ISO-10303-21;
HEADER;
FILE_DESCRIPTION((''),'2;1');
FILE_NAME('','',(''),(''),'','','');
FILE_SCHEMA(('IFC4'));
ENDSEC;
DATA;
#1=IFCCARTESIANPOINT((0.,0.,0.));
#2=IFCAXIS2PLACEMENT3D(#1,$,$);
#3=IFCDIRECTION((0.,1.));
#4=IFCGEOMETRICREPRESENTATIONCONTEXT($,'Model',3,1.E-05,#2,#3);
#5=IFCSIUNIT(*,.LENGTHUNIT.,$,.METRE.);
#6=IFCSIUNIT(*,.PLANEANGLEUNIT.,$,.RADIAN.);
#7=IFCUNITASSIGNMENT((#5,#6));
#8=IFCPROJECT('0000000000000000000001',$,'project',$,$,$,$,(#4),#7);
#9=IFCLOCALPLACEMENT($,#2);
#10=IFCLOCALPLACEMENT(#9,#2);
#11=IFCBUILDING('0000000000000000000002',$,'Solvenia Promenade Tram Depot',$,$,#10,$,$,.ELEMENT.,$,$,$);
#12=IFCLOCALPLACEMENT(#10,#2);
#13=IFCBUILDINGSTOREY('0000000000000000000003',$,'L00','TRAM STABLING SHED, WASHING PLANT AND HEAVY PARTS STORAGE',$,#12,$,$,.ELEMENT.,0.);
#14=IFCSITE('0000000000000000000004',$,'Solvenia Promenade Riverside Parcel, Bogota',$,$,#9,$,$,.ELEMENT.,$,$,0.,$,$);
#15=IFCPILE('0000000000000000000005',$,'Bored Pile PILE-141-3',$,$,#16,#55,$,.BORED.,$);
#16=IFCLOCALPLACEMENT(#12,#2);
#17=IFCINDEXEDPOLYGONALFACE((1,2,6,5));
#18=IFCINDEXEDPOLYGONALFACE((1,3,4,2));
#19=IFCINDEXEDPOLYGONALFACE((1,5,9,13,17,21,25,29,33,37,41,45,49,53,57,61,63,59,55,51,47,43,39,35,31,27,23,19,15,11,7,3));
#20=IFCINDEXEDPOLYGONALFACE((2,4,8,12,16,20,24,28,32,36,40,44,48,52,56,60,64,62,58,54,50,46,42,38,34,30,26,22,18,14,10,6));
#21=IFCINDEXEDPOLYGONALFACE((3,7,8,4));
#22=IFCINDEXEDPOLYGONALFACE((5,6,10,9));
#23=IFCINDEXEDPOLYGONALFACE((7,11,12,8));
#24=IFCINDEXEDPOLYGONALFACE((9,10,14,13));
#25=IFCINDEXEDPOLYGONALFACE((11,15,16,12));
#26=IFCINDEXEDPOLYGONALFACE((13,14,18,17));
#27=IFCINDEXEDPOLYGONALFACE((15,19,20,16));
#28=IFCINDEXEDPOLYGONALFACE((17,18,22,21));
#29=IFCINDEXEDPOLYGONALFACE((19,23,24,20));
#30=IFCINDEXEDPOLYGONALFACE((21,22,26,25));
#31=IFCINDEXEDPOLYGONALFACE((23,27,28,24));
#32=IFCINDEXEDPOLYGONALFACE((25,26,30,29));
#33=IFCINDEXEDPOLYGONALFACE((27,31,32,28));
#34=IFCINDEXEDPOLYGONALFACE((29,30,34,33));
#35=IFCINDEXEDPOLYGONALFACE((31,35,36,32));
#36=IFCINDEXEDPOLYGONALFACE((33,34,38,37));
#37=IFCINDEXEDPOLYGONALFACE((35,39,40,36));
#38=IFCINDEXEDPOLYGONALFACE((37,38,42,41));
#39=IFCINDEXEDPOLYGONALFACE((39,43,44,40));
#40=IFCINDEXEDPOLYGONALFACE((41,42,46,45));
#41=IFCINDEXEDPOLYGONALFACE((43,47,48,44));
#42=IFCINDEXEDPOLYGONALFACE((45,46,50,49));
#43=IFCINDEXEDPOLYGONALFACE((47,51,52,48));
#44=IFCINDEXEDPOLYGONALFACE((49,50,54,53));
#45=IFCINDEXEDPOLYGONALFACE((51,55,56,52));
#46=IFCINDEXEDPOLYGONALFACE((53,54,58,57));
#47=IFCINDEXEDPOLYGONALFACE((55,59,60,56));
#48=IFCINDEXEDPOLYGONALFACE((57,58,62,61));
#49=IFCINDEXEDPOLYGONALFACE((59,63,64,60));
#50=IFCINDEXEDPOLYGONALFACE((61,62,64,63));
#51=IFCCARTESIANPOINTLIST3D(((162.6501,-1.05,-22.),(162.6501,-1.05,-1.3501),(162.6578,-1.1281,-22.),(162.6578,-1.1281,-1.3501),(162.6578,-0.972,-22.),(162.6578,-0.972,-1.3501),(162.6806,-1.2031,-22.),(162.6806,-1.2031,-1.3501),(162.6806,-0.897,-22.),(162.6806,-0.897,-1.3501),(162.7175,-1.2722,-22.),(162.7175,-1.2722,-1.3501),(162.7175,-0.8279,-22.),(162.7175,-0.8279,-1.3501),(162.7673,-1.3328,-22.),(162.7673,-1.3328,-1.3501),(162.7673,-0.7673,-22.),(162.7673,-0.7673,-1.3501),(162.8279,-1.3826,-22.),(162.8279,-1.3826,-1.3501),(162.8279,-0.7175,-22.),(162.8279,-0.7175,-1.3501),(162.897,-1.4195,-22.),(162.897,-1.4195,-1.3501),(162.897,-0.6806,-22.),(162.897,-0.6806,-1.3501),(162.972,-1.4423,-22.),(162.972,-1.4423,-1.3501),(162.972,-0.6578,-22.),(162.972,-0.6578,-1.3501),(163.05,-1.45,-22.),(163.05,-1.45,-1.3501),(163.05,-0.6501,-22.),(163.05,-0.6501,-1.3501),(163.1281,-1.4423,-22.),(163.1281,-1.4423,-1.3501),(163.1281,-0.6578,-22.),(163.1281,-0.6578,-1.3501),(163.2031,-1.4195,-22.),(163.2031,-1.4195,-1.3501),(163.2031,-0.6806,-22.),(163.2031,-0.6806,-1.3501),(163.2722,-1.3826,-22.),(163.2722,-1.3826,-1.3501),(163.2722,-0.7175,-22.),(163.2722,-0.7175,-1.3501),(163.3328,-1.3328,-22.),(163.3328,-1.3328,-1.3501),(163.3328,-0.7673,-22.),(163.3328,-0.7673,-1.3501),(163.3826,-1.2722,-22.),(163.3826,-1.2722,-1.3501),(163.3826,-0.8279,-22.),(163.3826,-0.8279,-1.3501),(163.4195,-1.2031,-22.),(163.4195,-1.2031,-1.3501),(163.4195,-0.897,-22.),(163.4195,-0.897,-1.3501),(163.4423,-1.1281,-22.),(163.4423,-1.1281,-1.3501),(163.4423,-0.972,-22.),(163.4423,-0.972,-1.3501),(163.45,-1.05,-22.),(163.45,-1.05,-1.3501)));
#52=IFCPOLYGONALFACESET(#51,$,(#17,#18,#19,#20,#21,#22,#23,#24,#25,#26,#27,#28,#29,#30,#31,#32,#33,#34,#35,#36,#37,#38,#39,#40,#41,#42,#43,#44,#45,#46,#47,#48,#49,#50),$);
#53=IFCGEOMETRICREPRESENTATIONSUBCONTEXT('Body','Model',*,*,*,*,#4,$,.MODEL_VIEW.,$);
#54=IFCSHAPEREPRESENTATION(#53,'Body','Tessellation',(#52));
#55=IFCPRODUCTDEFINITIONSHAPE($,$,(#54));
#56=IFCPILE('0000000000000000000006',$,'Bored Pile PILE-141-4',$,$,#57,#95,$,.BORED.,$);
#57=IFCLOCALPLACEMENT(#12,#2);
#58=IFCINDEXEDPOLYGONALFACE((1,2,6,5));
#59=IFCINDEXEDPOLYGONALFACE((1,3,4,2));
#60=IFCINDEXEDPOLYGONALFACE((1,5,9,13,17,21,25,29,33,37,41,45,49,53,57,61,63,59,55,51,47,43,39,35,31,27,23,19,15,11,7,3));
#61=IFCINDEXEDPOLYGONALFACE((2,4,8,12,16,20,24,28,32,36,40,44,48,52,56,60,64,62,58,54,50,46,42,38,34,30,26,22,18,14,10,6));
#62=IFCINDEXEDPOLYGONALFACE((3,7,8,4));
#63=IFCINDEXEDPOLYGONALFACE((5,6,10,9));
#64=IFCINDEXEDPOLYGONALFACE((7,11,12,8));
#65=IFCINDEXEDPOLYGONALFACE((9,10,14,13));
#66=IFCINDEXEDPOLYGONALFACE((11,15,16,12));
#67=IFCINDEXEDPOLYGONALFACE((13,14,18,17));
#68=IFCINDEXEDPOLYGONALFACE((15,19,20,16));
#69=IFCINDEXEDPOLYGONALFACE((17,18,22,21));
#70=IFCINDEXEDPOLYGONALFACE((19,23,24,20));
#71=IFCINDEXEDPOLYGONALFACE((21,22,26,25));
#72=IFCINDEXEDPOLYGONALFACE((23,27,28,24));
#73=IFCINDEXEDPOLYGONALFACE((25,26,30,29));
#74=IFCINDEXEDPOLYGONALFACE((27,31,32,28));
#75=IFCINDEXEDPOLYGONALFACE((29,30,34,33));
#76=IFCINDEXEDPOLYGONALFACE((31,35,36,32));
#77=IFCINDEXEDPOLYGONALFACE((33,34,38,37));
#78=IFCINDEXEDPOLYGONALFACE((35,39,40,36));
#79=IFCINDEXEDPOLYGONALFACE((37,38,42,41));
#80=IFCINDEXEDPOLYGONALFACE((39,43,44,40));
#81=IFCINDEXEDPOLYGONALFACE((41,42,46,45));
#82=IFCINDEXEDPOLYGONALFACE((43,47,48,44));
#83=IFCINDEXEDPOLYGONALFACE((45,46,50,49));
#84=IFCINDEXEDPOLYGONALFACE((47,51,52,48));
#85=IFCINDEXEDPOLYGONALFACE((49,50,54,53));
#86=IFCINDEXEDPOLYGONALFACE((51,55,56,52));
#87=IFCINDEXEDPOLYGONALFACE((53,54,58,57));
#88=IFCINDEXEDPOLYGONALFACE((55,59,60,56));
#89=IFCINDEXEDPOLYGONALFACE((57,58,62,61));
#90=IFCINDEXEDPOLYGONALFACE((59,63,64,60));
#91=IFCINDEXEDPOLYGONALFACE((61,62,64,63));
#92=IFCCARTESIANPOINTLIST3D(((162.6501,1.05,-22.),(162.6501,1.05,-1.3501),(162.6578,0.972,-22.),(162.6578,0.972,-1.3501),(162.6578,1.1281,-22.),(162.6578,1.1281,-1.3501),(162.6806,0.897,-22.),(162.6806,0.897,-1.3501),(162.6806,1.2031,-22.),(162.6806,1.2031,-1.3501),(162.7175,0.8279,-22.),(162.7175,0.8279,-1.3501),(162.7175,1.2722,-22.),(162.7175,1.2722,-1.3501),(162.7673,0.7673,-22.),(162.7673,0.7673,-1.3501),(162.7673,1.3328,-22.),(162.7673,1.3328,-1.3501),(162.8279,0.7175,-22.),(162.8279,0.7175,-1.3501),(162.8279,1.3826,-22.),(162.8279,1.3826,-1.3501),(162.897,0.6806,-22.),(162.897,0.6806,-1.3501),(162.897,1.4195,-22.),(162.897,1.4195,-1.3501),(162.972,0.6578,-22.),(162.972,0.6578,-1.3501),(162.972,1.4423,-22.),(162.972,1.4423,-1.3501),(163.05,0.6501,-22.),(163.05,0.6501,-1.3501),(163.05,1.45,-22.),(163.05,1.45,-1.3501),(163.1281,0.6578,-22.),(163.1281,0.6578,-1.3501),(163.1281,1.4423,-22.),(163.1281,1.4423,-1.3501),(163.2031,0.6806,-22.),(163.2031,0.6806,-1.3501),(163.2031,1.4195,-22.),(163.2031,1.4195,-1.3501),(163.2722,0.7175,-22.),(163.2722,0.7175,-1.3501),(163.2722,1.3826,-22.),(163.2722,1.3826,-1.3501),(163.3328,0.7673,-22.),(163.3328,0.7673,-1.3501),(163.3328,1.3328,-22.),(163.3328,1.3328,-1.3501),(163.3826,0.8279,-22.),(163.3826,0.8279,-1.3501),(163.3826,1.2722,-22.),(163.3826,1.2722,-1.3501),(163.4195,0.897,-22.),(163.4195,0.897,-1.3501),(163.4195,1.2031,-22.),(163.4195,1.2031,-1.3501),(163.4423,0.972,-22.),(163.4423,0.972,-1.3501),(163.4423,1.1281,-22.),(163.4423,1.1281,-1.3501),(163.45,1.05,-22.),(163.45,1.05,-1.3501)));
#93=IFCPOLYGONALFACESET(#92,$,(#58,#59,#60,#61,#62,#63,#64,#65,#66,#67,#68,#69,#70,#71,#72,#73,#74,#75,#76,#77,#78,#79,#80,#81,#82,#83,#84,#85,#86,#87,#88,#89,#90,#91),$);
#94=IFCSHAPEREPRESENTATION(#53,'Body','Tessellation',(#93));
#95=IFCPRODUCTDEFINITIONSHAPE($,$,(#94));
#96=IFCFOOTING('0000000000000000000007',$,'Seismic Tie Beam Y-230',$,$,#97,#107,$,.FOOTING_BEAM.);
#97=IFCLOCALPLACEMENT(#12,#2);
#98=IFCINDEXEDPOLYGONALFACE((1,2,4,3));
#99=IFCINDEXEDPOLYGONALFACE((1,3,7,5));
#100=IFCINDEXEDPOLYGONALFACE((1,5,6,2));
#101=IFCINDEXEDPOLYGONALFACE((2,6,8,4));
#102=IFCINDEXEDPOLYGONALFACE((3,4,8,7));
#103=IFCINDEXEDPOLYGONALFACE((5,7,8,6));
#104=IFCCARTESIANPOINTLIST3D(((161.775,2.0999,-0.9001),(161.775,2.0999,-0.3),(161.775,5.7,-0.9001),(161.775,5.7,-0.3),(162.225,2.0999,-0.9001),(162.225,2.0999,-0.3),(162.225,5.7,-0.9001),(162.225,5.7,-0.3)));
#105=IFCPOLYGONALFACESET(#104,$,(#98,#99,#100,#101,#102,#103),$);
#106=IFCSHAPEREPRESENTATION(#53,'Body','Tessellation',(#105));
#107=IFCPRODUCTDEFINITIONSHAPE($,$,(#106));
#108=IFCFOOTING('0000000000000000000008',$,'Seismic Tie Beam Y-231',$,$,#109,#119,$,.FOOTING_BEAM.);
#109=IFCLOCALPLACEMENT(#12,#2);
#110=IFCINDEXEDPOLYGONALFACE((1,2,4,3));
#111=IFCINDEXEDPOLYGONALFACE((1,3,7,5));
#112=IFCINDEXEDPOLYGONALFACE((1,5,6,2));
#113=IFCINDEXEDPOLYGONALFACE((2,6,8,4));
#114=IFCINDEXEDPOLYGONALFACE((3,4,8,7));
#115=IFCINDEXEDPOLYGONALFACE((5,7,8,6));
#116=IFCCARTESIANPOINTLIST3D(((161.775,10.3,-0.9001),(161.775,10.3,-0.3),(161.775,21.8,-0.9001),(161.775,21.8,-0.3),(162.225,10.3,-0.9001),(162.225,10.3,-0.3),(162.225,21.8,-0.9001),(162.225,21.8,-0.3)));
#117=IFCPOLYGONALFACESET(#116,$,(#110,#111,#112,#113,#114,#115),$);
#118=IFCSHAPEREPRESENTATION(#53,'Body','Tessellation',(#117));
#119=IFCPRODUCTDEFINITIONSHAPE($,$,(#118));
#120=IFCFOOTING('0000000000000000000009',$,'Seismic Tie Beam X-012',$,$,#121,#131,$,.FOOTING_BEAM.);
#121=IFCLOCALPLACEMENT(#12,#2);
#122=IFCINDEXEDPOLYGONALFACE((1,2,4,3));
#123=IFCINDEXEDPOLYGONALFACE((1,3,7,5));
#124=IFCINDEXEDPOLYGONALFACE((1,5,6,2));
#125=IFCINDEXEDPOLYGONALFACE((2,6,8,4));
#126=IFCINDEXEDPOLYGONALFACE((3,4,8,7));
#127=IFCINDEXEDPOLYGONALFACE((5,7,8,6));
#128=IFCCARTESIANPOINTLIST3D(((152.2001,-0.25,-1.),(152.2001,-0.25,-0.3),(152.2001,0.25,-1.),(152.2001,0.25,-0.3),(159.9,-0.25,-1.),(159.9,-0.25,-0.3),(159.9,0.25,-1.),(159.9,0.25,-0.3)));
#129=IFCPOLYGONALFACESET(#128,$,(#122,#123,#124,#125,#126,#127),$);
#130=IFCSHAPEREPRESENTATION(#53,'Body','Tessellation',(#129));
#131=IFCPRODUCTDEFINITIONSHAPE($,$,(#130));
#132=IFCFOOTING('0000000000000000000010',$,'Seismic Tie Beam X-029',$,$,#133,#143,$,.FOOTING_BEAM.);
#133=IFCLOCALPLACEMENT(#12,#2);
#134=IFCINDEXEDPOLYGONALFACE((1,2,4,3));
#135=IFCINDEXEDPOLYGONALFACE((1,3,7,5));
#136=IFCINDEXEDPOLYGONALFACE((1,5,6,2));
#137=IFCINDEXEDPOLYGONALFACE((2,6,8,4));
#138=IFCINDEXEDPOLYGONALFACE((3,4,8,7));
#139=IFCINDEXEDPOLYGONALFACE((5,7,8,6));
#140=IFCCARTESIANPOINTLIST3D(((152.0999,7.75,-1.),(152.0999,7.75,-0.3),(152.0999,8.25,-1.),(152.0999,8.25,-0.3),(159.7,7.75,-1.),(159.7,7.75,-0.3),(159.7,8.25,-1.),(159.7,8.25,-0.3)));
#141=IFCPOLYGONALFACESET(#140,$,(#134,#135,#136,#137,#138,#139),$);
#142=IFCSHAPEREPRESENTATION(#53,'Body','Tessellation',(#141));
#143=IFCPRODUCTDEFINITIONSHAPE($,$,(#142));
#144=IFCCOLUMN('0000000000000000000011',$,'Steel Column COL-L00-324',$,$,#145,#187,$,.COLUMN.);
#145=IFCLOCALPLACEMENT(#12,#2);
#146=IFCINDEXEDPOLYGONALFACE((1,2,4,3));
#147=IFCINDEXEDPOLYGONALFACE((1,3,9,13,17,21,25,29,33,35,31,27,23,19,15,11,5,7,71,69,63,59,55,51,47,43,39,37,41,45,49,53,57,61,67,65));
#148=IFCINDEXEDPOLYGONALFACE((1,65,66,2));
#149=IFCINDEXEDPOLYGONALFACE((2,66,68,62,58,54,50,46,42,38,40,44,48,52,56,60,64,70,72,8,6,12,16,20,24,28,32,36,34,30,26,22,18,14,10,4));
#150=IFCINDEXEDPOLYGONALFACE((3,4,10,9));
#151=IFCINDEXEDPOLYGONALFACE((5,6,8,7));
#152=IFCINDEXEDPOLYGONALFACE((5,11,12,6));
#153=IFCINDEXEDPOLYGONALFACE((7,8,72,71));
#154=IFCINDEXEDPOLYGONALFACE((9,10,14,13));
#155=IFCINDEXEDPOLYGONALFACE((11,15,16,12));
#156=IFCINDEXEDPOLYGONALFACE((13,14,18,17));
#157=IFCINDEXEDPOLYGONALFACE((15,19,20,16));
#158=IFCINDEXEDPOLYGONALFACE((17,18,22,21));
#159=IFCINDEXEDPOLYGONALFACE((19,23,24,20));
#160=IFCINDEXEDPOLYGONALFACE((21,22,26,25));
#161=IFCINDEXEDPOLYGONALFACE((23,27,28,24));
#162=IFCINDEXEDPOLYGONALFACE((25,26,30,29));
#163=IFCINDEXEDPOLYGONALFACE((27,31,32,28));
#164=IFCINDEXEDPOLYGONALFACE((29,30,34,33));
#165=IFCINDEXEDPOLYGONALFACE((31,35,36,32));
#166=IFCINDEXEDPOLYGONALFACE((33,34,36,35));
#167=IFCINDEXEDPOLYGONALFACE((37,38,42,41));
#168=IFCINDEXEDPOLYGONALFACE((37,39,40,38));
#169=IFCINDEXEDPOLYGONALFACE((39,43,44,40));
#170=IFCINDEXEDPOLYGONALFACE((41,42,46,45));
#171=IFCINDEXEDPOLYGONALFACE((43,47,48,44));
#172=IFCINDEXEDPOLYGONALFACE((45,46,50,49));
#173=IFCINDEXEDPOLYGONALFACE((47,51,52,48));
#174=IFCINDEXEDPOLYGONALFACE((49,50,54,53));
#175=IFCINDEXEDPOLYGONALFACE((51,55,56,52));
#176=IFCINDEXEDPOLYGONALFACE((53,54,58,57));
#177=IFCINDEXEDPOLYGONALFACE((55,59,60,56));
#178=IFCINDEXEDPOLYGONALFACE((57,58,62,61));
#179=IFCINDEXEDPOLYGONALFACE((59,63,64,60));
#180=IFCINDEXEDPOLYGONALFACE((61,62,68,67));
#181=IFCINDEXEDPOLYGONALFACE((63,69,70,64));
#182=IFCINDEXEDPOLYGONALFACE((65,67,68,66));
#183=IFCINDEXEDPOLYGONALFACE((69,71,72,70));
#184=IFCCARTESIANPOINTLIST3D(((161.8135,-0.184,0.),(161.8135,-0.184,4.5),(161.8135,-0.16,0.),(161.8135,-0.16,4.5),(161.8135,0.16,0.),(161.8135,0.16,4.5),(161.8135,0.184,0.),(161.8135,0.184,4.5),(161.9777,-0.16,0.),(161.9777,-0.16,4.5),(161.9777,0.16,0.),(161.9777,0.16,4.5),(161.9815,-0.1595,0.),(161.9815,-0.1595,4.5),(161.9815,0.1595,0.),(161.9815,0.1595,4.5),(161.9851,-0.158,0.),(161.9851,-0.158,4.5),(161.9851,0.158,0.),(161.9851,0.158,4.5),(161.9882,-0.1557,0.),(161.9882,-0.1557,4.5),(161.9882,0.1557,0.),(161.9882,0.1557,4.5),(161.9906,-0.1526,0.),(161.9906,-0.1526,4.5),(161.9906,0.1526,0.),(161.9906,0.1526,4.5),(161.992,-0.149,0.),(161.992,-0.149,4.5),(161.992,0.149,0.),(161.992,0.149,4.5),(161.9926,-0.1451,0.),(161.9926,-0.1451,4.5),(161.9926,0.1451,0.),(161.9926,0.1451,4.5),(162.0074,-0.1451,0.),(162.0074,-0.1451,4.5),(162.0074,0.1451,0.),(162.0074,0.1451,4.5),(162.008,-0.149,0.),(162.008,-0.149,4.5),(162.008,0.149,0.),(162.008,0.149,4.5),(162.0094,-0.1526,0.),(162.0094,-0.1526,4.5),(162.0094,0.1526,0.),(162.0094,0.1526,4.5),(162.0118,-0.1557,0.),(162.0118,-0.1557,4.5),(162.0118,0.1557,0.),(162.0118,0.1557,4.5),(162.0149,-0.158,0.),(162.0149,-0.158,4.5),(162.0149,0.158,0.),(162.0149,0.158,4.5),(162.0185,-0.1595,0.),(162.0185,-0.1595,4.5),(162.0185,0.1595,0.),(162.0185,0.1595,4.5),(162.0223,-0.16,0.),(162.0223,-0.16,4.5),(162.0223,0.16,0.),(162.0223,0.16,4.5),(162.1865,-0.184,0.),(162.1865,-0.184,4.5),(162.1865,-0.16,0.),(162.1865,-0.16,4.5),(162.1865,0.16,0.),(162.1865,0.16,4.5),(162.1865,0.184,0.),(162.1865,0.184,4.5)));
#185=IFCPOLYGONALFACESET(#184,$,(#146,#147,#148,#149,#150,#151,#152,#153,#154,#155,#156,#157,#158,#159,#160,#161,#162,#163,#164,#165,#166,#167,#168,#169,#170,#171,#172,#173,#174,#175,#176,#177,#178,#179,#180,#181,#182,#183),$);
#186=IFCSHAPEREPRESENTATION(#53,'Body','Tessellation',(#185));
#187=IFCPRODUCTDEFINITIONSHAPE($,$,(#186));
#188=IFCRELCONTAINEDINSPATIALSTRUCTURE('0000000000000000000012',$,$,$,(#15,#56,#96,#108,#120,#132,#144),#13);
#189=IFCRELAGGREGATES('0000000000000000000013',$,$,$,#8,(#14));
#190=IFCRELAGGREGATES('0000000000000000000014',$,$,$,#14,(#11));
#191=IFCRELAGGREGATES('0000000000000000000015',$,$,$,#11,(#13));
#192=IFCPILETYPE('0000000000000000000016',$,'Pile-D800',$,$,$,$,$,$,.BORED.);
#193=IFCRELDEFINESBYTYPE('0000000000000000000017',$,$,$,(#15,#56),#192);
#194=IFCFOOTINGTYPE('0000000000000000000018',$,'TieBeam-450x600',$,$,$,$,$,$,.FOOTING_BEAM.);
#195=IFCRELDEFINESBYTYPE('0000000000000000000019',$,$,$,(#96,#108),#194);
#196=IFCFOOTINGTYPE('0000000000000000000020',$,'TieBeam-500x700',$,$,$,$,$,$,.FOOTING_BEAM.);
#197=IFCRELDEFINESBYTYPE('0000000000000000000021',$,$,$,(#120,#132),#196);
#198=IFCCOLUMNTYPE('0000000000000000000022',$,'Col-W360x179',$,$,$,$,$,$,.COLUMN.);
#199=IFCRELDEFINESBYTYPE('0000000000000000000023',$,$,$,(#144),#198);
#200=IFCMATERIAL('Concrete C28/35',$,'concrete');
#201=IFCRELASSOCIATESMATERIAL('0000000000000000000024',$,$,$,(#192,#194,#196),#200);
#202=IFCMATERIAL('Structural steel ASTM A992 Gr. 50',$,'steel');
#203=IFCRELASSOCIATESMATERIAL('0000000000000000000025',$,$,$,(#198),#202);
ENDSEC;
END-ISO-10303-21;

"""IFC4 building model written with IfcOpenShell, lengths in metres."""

from ifc_helpers import new_model, si_unit, direction, frame, origin, origin_2d, place, context, subcontext, project, spatial, rectangle, circle, i_section, extrude, material, material_profile, profile_set, type_object, element, save


model = new_model("IFC4")

# Units and contexts
model_context = context("Model", 3, precision=1e-05, world=origin(), true_north=direction((0.0, 1.0)))
body_context = subcontext(model_context, "Body", "Model", "MODEL_VIEW")
ifc_project = project(units=[si_unit("LENGTHUNIT", "METRE"), si_unit("PLANEANGLEUNIT", "RADIAN")], contexts=[model_context])

# Site, building, storey
site_placement = place(None, origin())
site = spatial("IfcSite", under=ifc_project, at=site_placement, Name="Solvenia Promenade Riverside Parcel, Bogota", CompositionType="ELEMENT", RefElevation=0.0)
building_placement = place(site_placement, origin())
building = spatial("IfcBuilding", under=site, at=building_placement, Name="Solvenia Promenade Tram Depot", CompositionType="ELEMENT")
storey_placement = place(building_placement, origin())
storey = spatial("IfcBuildingStorey", under=building, at=storey_placement, Name="L00", Description="TRAM STABLING SHED, WASHING PLANT AND HEAVY PARTS STORAGE", CompositionType="ELEMENT", Elevation=0.0)

# Shared definitions
ifc_material_1 = material(Name="Concrete C28/35", Category="concrete")

# Piles
ifc_material_profile_1 = material_profile(ifc_material_1, circle(Radius=0.3999, at=origin_2d()), Name="D800", Category="concrete")
ifc_profile_set_1 = profile_set([ifc_material_profile_1], Name="Concrete C28/35")
pile_type_1 = type_object("IfcPileType", Name="Pile-D800", PredefinedType="BORED", material=ifc_profile_set_1)
for number, where, z_axis, x_axis, name in (
    (1, (163.05, -1.05, -1.3501), (0.0, 0.0, -1.0), (1.0, 0.0, 0.0), "Bored Pile PILE-141-3"),
    (2, (163.05, 1.05, -1.3501), (0.0, 0.0, -1.0), (1.0, 0.0, 0.0), "Bored Pile PILE-141-4"),
):
    element("IfcPile", number, at=place(storey_placement, frame(where, z_axis=z_axis, x_axis=x_axis)), inside=storey, type_object=pile_type_1, Name=name, PredefinedType="BORED", context=body_context, shape_type="SweptSolid", body=[
        extrude(circle(Radius=0.3999, at=origin_2d()), origin(), (0.0, 0.0, 1.0), 20.6499),
    ])

# Footings
footing_type_1 = type_object("IfcFootingType", Name="TieBeam-450x600", PredefinedType="FOOTING_BEAM", material=ifc_material_1)
footing_1_placement = place(storey_placement, frame((162.0, 3.8999, -0.9001), z_axis=(0.0, 0.0, 1.0), x_axis=(1.0, 0.0, 0.0)))
element("IfcFooting", 3, at=footing_1_placement, inside=storey, type_object=footing_type_1, Name="Seismic Tie Beam Y-230", PredefinedType="FOOTING_BEAM", context=body_context, shape_type="SweptSolid", body=[
    extrude(rectangle(XDim=0.45, YDim=3.6001, at=origin_2d()), origin(), (0.0, 0.0, 1.0), 0.6001),
])
footing_2_placement = place(storey_placement, frame((162.0, 16.05, -0.9001), z_axis=(0.0, 0.0, 1.0), x_axis=(1.0, 0.0, 0.0)))
element("IfcFooting", 4, at=footing_2_placement, inside=storey, type_object=footing_type_1, Name="Seismic Tie Beam Y-231", PredefinedType="FOOTING_BEAM", context=body_context, shape_type="SweptSolid", body=[
    extrude(rectangle(XDim=0.45, YDim=11.5, at=origin_2d()), origin(), (0.0, 0.0, 1.0), 0.6001),
])
footing_type_2 = type_object("IfcFootingType", Name="TieBeam-500x700", PredefinedType="FOOTING_BEAM", material=ifc_material_1)
footing_3_placement = place(storey_placement, frame((156.05, 0.0, -1.0), z_axis=(0.0, 0.0, 1.0), x_axis=(1.0, 0.0, 0.0)))
element("IfcFooting", 5, at=footing_3_placement, inside=storey, type_object=footing_type_2, Name="Seismic Tie Beam X-012", PredefinedType="FOOTING_BEAM", context=body_context, shape_type="SweptSolid", body=[
    extrude(rectangle(XDim=7.7, YDim=0.5, at=origin_2d()), origin(), (0.0, 0.0, 1.0), 0.7),
])
footing_4_placement = place(storey_placement, frame((155.8999, 8.0, -1.0), z_axis=(0.0, 0.0, 1.0), x_axis=(1.0, 0.0, 0.0)))
element("IfcFooting", 6, at=footing_4_placement, inside=storey, type_object=footing_type_2, Name="Seismic Tie Beam X-029", PredefinedType="FOOTING_BEAM", context=body_context, shape_type="SweptSolid", body=[
    extrude(rectangle(XDim=7.6001, YDim=0.5, at=origin_2d()), origin(), (0.0, 0.0, 1.0), 0.7),
])

# Column
ifc_material_2 = material(Name="Structural steel ASTM A992 Gr. 50", Category="steel")
ifc_material_profile_2 = material_profile(ifc_material_2, i_section(OverallWidth=0.373, OverallDepth=0.3679, WebThickness=0.0149, FlangeThickness=0.0239, FilletRadius=0.0149, at=origin_2d()), Name="W360x179", Category="steel")
ifc_profile_set_2 = profile_set([ifc_material_profile_2], Name="Structural steel ASTM A992 Gr. 50")
column_type = type_object("IfcColumnType", Name="Col-W360x179", PredefinedType="COLUMN", material=ifc_profile_set_2)
for number, where, z_axis, x_axis, name in (
    (7, (162.0, 0.0, 0.0), (0.0, 0.0, 1.0), (1.0, 0.0, 0.0), "Steel Column COL-L00-324"),
):
    element("IfcColumn", number, at=place(storey_placement, frame(where, z_axis=z_axis, x_axis=x_axis)), inside=storey, type_object=column_type, Name=name, PredefinedType="COLUMN", context=body_context, shape_type="SweptSolid", body=[
        extrude(i_section(OverallWidth=0.373, OverallDepth=0.3679, WebThickness=0.0149, FlangeThickness=0.0239, FilletRadius=0.0149, at=origin_2d()), origin(), (0.0, 0.0, 1.0), 4.5),
    ])

save(model, "model.ifc")
